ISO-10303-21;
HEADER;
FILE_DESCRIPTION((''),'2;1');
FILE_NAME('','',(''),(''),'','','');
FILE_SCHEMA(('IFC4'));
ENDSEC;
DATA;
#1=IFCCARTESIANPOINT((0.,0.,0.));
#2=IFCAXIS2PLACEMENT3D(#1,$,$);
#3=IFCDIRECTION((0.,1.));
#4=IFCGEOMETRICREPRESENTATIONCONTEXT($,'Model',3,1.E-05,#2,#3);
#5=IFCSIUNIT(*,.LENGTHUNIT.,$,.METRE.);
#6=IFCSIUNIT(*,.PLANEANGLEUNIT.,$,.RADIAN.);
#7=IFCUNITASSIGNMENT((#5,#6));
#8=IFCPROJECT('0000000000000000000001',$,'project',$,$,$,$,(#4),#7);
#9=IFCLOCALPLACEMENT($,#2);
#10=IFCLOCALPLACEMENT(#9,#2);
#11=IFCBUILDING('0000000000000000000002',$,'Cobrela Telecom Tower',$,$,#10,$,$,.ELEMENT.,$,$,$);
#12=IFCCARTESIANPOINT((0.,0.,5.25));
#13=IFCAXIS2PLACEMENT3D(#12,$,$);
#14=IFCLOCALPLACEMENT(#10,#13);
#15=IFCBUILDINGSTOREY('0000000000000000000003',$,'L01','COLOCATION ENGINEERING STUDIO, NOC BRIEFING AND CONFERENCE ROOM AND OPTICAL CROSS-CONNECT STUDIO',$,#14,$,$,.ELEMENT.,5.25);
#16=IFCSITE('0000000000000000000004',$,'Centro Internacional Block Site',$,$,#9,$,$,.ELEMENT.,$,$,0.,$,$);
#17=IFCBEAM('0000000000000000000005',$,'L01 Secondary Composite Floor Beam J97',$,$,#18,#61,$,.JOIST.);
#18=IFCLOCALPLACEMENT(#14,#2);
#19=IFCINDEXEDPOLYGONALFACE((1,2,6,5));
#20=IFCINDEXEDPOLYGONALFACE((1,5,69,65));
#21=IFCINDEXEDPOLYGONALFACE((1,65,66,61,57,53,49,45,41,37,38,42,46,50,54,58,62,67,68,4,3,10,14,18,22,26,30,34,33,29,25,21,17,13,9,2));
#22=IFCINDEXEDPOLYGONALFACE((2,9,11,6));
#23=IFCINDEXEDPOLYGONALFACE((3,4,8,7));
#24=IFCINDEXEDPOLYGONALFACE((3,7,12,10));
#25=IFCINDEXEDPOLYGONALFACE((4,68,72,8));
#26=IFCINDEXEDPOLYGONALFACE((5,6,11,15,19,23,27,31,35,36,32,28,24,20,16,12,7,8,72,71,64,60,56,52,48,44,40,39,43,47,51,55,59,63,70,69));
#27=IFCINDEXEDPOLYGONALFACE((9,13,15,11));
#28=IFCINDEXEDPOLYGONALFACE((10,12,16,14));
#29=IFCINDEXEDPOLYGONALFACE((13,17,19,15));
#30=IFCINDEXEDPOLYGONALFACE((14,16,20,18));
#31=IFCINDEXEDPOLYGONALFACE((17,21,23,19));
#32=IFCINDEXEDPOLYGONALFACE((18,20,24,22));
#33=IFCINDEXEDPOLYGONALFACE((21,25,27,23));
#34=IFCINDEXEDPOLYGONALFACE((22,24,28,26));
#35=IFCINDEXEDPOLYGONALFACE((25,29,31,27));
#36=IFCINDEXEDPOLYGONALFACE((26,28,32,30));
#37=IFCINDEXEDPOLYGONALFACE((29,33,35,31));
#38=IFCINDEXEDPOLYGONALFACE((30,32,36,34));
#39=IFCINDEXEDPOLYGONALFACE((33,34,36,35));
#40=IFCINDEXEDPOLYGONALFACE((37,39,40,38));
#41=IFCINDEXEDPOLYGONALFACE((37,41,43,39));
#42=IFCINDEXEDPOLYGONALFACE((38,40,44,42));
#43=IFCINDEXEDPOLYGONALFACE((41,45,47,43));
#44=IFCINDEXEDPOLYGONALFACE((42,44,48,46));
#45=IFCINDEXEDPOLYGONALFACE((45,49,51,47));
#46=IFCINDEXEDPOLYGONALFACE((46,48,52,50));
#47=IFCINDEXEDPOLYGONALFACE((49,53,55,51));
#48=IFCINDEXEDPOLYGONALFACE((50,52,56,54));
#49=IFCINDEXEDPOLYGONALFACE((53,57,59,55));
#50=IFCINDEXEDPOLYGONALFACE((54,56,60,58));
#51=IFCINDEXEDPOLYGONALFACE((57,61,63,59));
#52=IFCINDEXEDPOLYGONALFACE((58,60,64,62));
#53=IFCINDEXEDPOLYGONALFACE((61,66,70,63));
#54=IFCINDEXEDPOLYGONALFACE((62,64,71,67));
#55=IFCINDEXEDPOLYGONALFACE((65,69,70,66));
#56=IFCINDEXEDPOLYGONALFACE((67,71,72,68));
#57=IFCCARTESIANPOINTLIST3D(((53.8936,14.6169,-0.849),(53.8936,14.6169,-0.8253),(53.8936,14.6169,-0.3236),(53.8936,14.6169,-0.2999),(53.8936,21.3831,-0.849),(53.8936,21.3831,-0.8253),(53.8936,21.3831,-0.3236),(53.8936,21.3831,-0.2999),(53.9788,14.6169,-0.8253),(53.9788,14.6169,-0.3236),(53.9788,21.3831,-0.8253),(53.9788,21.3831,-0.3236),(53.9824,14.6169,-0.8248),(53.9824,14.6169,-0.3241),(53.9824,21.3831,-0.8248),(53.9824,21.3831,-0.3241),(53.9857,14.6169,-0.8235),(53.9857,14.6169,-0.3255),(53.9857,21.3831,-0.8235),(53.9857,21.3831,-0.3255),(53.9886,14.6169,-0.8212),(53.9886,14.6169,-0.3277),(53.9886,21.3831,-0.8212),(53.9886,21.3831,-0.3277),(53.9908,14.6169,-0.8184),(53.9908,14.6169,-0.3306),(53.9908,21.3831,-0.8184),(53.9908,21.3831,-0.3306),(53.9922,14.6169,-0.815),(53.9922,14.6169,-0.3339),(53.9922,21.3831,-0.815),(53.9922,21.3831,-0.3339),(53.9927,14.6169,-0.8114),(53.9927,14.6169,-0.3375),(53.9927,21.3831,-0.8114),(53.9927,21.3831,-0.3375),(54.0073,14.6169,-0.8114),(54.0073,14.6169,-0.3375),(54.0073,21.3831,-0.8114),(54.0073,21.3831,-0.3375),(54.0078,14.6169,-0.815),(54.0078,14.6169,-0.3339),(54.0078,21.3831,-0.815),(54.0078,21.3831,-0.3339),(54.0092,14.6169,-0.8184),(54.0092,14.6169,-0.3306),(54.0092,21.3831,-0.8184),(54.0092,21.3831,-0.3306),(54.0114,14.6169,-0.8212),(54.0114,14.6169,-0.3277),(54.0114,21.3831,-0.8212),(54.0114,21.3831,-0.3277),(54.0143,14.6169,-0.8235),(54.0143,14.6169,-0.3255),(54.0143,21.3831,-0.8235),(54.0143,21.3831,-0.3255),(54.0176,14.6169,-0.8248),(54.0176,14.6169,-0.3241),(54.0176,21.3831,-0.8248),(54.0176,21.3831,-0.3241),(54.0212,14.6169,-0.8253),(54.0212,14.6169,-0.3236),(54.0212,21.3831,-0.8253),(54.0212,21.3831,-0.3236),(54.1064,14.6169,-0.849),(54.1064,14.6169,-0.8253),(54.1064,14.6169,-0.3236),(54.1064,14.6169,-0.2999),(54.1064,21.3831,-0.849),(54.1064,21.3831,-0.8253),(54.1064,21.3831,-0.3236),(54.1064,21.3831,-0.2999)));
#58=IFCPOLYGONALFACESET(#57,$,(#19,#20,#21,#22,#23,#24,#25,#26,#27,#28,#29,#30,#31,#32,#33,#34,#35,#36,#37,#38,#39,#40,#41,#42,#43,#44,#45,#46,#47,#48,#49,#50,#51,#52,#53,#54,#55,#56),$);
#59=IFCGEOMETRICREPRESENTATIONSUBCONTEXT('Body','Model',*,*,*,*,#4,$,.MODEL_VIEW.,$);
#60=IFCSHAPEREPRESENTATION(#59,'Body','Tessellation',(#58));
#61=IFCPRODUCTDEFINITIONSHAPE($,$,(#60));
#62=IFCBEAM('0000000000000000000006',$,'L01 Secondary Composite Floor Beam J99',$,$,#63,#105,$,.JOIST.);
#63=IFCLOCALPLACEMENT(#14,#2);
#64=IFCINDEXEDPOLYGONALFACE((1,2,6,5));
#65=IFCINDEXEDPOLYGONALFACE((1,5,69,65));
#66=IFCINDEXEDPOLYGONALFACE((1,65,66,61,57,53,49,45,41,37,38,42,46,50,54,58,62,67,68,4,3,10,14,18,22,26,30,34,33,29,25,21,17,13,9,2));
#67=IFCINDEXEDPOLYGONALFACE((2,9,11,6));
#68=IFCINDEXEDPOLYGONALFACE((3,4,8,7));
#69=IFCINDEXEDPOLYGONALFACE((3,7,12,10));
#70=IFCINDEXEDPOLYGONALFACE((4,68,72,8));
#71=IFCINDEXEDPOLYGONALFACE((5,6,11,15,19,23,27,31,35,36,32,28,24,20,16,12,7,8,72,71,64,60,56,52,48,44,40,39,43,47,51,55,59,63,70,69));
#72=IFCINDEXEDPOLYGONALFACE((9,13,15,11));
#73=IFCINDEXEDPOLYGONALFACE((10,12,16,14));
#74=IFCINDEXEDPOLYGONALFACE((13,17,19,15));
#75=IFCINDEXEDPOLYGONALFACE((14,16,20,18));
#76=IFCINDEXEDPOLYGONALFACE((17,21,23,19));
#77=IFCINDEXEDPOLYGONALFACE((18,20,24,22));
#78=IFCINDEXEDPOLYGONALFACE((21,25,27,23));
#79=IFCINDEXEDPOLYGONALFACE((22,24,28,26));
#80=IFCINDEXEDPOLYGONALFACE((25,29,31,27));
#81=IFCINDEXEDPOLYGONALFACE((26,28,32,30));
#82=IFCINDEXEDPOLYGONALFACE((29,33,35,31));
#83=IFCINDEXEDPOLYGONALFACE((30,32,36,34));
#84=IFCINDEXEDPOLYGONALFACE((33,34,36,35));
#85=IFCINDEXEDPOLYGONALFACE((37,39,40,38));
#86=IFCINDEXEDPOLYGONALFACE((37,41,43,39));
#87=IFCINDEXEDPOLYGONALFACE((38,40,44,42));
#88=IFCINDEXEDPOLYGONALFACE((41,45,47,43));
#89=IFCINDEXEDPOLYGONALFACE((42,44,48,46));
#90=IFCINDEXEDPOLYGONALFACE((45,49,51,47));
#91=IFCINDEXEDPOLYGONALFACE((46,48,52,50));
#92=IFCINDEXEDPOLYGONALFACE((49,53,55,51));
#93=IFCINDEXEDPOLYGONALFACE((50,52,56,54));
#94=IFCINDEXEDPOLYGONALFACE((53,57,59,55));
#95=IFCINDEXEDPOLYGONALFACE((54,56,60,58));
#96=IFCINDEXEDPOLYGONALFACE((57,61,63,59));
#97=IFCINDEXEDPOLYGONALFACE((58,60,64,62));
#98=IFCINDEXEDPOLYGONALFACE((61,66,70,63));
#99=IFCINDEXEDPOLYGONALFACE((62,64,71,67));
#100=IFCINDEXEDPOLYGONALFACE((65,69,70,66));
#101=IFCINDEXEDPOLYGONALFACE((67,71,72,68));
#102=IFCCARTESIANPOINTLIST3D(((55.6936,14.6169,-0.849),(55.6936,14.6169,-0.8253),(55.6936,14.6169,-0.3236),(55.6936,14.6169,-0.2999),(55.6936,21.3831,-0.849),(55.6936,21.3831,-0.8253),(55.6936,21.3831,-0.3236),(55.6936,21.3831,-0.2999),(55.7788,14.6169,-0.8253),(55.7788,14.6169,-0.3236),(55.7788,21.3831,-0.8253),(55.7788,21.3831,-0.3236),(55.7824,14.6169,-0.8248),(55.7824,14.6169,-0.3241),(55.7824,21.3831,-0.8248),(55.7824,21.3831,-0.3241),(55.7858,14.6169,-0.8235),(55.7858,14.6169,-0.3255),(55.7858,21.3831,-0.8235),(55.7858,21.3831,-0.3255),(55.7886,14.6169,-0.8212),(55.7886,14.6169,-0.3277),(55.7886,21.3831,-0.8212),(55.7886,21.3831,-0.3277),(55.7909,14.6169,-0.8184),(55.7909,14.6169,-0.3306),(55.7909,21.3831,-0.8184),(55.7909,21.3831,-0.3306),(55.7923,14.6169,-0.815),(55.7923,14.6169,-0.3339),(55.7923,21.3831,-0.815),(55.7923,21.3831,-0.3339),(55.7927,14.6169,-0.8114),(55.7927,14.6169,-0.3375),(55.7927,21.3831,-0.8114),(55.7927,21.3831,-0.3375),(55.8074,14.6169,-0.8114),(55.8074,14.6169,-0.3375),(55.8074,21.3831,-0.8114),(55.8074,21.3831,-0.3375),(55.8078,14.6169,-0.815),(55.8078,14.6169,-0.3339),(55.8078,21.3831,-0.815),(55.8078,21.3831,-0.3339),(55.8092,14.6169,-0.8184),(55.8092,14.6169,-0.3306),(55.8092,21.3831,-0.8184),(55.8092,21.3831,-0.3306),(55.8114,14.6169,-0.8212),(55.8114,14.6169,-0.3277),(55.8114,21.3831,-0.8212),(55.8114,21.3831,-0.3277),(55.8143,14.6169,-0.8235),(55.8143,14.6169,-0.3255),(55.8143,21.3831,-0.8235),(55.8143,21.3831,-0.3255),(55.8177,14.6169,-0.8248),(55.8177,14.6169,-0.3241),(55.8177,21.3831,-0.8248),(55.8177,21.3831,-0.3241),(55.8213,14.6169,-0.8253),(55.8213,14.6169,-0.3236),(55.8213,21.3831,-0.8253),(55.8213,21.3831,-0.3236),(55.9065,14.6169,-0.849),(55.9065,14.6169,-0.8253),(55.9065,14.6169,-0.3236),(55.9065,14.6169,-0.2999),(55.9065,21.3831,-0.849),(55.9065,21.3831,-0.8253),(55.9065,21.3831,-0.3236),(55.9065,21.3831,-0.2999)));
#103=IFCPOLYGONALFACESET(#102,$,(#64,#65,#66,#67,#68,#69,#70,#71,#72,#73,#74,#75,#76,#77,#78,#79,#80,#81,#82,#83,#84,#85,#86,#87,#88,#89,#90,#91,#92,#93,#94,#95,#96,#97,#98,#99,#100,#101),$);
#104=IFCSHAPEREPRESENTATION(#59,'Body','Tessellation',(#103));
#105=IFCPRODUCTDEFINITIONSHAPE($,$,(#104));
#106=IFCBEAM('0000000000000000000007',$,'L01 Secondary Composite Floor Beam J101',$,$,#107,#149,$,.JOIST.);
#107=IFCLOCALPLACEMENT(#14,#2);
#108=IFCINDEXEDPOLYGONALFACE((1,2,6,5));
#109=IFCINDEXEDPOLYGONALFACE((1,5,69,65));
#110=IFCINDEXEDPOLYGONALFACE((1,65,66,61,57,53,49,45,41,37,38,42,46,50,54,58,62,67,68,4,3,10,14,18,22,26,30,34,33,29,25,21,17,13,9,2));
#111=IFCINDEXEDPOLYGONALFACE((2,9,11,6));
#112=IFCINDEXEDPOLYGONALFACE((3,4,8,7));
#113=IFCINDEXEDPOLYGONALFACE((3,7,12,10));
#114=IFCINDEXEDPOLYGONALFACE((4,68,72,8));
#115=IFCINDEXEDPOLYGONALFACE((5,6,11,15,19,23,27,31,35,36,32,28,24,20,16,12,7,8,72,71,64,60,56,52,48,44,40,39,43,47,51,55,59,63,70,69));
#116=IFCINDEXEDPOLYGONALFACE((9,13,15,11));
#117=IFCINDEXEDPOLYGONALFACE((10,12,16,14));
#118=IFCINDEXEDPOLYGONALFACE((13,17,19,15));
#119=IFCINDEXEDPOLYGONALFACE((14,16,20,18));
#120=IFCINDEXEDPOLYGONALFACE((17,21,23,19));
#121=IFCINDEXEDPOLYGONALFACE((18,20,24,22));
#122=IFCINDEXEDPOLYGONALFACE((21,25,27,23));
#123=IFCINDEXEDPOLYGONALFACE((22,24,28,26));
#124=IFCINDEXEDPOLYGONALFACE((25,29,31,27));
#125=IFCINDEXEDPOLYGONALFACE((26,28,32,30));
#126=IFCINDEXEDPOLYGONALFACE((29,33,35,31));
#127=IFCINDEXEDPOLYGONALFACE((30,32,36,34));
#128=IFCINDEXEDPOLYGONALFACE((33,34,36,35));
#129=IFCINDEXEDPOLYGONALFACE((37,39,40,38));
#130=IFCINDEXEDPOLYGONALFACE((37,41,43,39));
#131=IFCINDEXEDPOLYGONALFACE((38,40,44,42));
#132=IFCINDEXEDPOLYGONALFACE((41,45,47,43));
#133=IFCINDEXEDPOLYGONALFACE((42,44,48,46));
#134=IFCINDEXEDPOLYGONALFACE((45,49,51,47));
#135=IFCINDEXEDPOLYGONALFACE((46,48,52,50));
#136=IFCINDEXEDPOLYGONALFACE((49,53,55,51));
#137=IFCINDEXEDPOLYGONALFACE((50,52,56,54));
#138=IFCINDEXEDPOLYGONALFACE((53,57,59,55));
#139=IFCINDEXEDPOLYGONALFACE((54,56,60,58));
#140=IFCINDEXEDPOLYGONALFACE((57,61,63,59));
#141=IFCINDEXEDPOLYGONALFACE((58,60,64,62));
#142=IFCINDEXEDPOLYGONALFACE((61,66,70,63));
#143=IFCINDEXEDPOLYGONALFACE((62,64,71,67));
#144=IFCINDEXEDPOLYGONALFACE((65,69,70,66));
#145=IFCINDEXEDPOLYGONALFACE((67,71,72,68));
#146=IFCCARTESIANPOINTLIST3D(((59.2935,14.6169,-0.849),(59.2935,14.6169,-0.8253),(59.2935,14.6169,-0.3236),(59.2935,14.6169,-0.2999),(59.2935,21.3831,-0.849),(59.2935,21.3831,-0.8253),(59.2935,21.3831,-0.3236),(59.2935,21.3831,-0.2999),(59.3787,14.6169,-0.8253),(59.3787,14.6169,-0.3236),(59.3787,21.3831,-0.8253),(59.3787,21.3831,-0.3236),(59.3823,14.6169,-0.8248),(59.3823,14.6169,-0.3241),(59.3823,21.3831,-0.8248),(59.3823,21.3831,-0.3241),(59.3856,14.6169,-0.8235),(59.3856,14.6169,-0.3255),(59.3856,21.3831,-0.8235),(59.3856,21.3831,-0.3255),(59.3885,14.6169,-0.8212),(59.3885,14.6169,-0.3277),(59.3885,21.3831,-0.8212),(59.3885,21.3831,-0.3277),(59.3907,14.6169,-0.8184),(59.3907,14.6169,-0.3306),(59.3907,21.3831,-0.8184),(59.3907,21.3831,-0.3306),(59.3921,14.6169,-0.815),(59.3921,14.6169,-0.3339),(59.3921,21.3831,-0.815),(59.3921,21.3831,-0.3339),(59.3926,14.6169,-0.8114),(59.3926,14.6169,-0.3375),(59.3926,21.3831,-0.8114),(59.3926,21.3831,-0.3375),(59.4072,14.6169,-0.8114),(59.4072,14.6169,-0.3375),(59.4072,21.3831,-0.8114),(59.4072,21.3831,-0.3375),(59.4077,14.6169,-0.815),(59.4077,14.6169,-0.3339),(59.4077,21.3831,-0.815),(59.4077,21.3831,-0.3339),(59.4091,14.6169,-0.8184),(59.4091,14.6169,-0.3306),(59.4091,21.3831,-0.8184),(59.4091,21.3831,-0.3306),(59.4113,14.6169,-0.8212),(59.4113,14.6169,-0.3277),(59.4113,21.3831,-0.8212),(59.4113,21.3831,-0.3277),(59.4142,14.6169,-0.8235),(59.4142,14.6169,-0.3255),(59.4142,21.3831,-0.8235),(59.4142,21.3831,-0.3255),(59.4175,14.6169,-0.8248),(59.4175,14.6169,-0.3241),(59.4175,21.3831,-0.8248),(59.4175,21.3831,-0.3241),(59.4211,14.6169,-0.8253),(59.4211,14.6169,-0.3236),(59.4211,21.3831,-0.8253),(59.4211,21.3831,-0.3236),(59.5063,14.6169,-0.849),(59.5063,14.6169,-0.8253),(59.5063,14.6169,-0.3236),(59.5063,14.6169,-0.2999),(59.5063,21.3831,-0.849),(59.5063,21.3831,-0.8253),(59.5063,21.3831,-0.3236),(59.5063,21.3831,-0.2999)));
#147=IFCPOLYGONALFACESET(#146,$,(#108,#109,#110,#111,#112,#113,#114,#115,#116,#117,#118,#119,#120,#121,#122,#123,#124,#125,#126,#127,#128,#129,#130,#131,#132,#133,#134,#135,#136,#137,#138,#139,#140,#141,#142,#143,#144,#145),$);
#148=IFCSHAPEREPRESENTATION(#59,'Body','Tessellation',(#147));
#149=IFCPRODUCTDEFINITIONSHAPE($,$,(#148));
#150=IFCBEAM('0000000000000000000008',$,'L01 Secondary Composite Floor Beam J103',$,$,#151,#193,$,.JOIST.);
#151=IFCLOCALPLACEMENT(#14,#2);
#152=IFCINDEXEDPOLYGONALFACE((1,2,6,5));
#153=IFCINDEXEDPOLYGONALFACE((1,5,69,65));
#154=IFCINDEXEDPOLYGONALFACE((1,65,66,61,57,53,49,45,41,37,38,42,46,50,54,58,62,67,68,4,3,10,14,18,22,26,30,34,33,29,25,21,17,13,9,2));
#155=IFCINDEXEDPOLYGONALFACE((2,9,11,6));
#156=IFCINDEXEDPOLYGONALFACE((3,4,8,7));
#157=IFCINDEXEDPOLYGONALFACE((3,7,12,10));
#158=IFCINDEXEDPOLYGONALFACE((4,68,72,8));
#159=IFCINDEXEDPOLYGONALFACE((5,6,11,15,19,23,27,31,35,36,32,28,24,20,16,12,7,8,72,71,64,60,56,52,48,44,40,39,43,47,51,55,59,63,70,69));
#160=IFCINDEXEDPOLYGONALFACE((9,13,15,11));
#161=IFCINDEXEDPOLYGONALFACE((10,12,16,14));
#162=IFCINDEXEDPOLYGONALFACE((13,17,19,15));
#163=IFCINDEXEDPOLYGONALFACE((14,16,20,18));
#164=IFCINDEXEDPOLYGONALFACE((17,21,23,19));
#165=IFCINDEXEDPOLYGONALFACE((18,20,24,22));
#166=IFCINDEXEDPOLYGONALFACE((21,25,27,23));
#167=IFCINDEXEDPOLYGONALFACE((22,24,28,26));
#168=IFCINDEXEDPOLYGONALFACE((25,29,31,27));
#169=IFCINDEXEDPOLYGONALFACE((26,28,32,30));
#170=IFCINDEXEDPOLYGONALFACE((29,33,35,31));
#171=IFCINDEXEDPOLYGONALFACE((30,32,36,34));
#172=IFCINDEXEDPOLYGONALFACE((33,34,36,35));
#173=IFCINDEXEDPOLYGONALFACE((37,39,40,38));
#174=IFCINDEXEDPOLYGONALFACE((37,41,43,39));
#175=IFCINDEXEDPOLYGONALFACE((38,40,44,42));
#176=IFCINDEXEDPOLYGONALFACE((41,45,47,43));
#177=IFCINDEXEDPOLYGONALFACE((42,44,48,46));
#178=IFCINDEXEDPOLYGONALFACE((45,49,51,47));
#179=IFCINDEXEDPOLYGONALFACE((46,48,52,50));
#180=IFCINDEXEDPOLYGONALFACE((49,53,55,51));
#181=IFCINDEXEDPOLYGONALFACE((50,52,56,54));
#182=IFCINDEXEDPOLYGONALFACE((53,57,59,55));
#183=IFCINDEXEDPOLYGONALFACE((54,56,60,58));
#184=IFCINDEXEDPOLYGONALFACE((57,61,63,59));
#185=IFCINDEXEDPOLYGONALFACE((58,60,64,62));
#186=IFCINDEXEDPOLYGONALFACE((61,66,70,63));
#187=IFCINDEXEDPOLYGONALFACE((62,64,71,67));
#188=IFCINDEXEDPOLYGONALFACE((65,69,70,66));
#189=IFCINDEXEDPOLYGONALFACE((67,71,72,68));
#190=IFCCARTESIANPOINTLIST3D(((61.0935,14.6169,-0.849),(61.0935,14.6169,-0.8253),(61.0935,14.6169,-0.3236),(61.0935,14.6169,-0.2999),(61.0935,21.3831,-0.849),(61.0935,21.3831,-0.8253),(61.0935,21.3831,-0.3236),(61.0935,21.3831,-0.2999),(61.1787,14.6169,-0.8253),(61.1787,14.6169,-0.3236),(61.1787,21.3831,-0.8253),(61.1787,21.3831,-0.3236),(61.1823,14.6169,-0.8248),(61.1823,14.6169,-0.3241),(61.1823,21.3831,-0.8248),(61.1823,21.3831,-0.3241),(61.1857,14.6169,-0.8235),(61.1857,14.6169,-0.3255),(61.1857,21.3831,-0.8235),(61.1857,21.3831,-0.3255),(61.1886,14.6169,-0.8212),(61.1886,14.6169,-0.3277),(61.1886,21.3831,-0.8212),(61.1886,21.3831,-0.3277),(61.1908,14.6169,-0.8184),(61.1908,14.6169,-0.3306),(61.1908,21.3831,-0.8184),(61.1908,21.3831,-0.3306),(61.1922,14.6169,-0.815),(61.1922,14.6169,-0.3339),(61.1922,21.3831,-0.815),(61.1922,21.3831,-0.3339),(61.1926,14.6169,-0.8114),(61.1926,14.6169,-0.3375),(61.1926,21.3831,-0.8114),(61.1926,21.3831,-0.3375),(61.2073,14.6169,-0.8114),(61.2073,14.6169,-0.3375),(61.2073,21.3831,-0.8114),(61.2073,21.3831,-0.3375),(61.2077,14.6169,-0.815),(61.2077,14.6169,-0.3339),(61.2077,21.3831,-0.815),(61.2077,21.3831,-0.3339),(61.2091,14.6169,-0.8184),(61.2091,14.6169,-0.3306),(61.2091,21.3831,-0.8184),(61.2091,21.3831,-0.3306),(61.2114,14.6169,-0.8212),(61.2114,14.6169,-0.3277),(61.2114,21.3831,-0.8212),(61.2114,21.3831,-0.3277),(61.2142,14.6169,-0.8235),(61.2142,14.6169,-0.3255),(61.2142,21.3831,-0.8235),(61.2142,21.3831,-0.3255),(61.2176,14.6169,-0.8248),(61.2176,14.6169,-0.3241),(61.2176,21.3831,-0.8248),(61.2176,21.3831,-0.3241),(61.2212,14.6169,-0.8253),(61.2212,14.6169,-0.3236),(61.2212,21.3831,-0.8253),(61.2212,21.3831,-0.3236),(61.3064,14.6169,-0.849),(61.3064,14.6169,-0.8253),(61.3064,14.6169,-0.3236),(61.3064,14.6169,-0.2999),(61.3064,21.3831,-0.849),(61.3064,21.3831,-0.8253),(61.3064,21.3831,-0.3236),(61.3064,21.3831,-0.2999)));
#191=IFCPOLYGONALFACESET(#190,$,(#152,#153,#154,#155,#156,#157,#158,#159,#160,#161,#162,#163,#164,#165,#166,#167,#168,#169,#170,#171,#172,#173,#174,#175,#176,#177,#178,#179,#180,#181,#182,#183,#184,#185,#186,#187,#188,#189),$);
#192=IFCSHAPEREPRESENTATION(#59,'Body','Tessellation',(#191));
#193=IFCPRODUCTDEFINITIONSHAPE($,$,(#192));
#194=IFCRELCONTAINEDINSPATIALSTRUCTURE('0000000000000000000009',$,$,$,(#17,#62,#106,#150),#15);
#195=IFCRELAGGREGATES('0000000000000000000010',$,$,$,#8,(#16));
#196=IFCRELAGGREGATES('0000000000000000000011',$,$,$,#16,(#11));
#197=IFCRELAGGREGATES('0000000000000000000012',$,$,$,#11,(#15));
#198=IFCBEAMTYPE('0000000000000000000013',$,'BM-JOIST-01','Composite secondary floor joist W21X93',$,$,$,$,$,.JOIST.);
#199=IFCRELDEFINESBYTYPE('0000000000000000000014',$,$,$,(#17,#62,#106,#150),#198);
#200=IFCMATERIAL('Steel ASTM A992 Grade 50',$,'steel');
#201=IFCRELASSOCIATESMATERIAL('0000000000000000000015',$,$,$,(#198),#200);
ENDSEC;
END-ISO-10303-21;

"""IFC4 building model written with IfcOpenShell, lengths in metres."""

from ifc_helpers import new_model, si_unit, direction, frame, origin, origin_2d, place, context, subcontext, project, spatial, i_section, extrude, material, material_profile, profile_set, type_object, element, save


model = new_model("IFC4")

# Units and contexts
model_context = context("Model", 3, precision=1e-05, world=origin(), true_north=direction((0.0, 1.0)))
body_context = subcontext(model_context, "Body", "Model", "MODEL_VIEW")
ifc_project = project(units=[si_unit("LENGTHUNIT", "METRE"), si_unit("PLANEANGLEUNIT", "RADIAN")], contexts=[model_context])

# Site, building, storey
site_placement = place(None, origin())
site = spatial("IfcSite", under=ifc_project, at=site_placement, Name="Centro Internacional Block Site", CompositionType="ELEMENT", RefElevation=0.0)
building_placement = place(site_placement, origin())
building = spatial("IfcBuilding", under=site, at=building_placement, Name="Cobrela Telecom Tower", CompositionType="ELEMENT")
storey_placement = place(building_placement, frame((0.0, 0.0, 5.25)))
storey = spatial("IfcBuildingStorey", under=building, at=storey_placement, Name="L01", Description="COLOCATION ENGINEERING STUDIO, NOC BRIEFING AND CONFERENCE ROOM AND OPTICAL CROSS-CONNECT STUDIO", CompositionType="ELEMENT", Elevation=5.25)

# Beams
ifc_material_1 = material(Name="Steel ASTM A992 Grade 50", Category="steel")
ifc_material_profile_1 = material_profile(ifc_material_1, i_section(OverallWidth=0.2129, OverallDepth=0.5491, WebThickness=0.0146, FlangeThickness=0.0237, FilletRadius=0.0139, at=origin_2d()), Name="W21X93")
ifc_profile_set_1 = profile_set([ifc_material_profile_1], Name="Steel ASTM A992 Grade 50")
beam_type_1 = type_object("IfcBeamType", Name="BM-JOIST-01", Description="Composite secondary floor joist W21X93", PredefinedType="JOIST", material=ifc_profile_set_1)
for number, where, z_axis, x_axis, name in (
    (1, (54.0, 14.6169, -0.5745), (0.0, 1.0, 0.0), (-1.0, 0.0, 0.0), "L01 Secondary Composite Floor Beam J97"),
    (2, (55.8, 14.6169, -0.5745), (0.0, 1.0, 0.0), (-1.0, 0.0, 0.0), "L01 Secondary Composite Floor Beam J99"),
    (3, (59.3999, 14.6169, -0.5745), (0.0, 1.0, 0.0), (-1.0, 0.0, 0.0), "L01 Secondary Composite Floor Beam J101"),
    (4, (61.2, 14.6169, -0.5745), (0.0, 1.0, 0.0), (-1.0, 0.0, 0.0), "L01 Secondary Composite Floor Beam J103"),
):
    element("IfcBeam", number, at=place(storey_placement, frame(where, z_axis=z_axis, x_axis=x_axis)), inside=storey, type_object=beam_type_1, Name=name, PredefinedType="JOIST", context=body_context, shape_type="SweptSolid", body=[
        extrude(i_section(OverallWidth=0.2129, OverallDepth=0.5491, WebThickness=0.0146, FlangeThickness=0.0237, FilletRadius=0.0139, at=origin_2d()), origin(), (0.0, 0.0, 1.0), 6.7661),
    ])

save(model, "model.ifc")
